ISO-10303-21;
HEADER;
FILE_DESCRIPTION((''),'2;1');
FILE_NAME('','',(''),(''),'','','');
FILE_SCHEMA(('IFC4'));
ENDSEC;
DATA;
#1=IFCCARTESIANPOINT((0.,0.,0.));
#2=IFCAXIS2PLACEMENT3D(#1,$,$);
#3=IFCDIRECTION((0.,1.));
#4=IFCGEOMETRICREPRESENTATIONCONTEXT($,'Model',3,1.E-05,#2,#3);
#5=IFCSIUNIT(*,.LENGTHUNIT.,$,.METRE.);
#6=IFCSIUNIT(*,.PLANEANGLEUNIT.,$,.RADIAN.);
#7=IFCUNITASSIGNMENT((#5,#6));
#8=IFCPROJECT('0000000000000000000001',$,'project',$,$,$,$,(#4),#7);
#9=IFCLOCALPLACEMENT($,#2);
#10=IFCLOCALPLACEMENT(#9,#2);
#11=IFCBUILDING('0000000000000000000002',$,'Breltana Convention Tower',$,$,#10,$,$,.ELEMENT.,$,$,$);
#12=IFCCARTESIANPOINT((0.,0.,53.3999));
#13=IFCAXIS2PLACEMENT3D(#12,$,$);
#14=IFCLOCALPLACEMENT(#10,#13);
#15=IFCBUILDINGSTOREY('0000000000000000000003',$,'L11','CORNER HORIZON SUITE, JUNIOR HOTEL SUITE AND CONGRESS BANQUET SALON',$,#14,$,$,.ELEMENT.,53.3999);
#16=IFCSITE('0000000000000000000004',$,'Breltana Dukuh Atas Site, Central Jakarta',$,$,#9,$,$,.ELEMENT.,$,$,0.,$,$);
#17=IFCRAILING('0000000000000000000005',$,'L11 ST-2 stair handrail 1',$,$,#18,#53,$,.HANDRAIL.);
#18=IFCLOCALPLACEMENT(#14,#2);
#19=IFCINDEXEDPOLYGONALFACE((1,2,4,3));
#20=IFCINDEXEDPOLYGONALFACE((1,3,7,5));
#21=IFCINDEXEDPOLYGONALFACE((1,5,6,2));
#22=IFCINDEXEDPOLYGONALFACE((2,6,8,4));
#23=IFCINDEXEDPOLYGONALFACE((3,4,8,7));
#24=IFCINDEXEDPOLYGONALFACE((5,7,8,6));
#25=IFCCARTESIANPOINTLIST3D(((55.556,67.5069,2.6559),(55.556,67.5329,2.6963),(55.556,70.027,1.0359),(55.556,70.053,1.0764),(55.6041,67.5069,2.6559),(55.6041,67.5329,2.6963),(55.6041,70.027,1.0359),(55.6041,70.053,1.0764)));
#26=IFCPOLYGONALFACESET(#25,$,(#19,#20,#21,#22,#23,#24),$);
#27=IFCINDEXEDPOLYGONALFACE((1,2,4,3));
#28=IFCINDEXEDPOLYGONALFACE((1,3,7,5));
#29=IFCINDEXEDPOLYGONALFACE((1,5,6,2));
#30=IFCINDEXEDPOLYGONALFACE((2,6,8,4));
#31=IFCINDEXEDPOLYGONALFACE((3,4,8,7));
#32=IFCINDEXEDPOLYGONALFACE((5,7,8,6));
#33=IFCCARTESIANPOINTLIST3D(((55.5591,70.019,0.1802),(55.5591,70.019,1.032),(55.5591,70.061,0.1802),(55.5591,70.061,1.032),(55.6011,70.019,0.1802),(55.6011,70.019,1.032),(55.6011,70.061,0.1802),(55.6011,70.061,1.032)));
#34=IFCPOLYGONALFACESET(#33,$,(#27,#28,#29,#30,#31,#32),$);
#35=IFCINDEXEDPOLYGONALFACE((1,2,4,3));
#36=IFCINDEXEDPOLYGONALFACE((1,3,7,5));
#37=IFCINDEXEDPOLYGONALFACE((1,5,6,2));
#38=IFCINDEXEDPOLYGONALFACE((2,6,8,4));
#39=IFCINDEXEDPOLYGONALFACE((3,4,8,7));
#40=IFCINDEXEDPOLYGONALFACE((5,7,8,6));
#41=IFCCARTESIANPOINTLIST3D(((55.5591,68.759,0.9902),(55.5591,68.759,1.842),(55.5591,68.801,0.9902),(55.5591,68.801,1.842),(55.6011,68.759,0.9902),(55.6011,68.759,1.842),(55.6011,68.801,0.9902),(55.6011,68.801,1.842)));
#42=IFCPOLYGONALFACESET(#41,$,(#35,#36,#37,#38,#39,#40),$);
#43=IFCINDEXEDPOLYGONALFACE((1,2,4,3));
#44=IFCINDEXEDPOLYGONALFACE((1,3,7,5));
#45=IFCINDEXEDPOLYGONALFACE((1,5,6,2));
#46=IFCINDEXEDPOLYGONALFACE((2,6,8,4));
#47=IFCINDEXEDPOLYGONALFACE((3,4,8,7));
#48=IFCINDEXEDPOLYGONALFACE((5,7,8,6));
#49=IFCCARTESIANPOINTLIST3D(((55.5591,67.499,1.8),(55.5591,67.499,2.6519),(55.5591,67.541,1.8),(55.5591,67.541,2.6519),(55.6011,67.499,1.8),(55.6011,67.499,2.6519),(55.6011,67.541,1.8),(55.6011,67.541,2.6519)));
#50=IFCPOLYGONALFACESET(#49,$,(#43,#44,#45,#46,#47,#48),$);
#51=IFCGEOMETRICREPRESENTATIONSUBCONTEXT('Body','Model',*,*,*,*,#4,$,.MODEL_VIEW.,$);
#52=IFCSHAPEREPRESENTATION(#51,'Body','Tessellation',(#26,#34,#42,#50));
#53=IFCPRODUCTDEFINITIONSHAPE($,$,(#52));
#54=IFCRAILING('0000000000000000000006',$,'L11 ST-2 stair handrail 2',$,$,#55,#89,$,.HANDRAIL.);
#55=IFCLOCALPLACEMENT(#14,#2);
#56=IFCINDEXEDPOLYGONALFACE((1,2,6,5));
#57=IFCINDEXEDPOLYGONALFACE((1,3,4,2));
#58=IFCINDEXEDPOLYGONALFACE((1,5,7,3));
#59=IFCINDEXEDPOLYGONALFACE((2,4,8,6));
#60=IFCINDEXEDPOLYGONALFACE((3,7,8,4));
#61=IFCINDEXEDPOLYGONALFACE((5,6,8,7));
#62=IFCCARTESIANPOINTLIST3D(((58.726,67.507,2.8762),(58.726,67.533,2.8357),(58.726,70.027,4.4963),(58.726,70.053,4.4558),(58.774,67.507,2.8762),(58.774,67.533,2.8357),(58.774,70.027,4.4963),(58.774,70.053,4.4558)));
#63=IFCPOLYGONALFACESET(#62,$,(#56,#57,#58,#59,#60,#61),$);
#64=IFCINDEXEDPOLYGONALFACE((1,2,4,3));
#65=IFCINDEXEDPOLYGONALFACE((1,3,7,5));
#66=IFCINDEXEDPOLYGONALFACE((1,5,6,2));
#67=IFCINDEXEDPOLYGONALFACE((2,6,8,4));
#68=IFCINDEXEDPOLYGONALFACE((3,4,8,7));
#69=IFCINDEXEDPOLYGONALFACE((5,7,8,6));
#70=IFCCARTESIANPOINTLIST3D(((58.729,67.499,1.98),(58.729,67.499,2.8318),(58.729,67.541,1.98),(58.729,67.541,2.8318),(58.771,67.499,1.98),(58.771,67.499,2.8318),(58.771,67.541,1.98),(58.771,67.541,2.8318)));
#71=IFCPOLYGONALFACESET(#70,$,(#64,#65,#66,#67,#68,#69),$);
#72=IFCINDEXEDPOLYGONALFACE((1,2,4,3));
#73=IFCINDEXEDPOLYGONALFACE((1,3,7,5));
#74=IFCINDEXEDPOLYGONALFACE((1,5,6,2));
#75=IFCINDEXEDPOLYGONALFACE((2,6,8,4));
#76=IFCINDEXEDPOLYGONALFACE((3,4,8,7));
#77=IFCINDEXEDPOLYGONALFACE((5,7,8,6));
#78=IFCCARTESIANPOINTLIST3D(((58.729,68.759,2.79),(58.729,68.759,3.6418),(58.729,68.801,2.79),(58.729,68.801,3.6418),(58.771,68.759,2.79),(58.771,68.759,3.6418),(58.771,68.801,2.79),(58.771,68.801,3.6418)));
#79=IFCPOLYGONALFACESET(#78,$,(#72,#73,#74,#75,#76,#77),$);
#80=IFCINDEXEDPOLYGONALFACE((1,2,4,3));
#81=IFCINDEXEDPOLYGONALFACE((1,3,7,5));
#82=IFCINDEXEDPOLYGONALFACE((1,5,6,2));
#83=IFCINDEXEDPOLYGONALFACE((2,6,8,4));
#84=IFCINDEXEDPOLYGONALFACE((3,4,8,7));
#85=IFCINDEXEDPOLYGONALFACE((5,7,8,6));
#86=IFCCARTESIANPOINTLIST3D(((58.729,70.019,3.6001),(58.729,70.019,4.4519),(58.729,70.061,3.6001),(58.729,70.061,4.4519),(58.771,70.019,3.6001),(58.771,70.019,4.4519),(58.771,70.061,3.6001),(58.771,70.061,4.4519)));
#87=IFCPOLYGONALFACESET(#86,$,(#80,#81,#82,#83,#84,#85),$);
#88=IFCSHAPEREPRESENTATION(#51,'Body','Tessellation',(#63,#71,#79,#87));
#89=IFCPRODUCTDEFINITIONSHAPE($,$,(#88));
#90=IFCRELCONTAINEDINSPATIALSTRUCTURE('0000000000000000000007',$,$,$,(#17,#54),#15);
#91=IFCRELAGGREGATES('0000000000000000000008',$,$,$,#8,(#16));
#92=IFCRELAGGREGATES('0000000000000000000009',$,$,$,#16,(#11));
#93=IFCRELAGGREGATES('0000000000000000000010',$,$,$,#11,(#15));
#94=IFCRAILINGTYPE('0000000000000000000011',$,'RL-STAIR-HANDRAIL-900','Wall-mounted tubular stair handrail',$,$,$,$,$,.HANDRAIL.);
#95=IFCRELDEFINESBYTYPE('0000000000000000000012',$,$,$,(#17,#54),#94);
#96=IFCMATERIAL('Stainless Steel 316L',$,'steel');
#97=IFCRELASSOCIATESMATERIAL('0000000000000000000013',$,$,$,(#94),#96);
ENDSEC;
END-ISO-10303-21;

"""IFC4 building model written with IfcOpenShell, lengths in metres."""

from ifc_helpers import new_model, si_unit, direction, frame, origin, origin_2d, place, context, subcontext, project, spatial, rectangle, extrude, material, type_object, element, save


model = new_model("IFC4")

# Units and contexts
model_context = context("Model", 3, precision=1e-05, world=origin(), true_north=direction((0.0, 1.0)))
body_context = subcontext(model_context, "Body", "Model", "MODEL_VIEW")
ifc_project = project(units=[si_unit("LENGTHUNIT", "METRE"), si_unit("PLANEANGLEUNIT", "RADIAN")], contexts=[model_context])

# Site, building, storey
site_placement = place(None, origin())
site = spatial("IfcSite", under=ifc_project, at=site_placement, Name="Breltana Dukuh Atas Site, Central Jakarta", CompositionType="ELEMENT", RefElevation=0.0)
building_placement = place(site_placement, origin())
building = spatial("IfcBuilding", under=site, at=building_placement, Name="Breltana Convention Tower", CompositionType="ELEMENT")
storey_placement = place(building_placement, frame((0.0, 0.0, 53.3999)))
storey = spatial("IfcBuildingStorey", under=building, at=storey_placement, Name="L11", Description="CORNER HORIZON SUITE, JUNIOR HOTEL SUITE AND CONGRESS BANQUET SALON", CompositionType="ELEMENT", Elevation=53.3999)

# Railings
ifc_material_1 = material(Name="Stainless Steel 316L", Category="steel")
railing_type_1 = type_object("IfcRailingType", Name="RL-STAIR-HANDRAIL-900", Description="Wall-mounted tubular stair handrail", PredefinedType="HANDRAIL", material=ifc_material_1)
railing_1_placement = place(storey_placement, frame((55.5801, 70.04, 0.1802)))
element("IfcRailing", 1, at=railing_1_placement, inside=storey, type_object=railing_type_1, Name="L11 ST-2 stair handrail 1", PredefinedType="HANDRAIL", context=body_context, shape_type="SweptSolid", body=[
    extrude(rectangle(XDim=0.0481, YDim=0.0481, at=origin_2d()), frame((0.0, 0.0, 0.876), z_axis=(0.0, -0.8412, 0.540725), x_axis=(1.0, 0.0, 0.0)), (0.0, 0.0, 1.0), 2.9958),
    extrude(rectangle(XDim=0.042, YDim=0.042, at=origin_2d()), origin(), (0.0, 0.0, 1.0), 0.8518),
    extrude(rectangle(XDim=0.042, YDim=0.042, at=origin_2d()), frame((0.0, -1.26, 0.8101)), (0.0, 0.0, 1.0), 0.8518),
    extrude(rectangle(XDim=0.042, YDim=0.042, at=origin_2d()), frame((0.0, -2.52, 1.6199)), (0.0, 0.0, 1.0), 0.8518),
])
railing_2_placement = place(storey_placement, frame((58.75, 67.52, 1.98)))
element("IfcRailing", 2, at=railing_2_placement, inside=storey, type_object=railing_type_1, Name="L11 ST-2 stair handrail 2", PredefinedType="HANDRAIL", context=body_context, shape_type="SweptSolid", body=[
    extrude(rectangle(XDim=0.0481, YDim=0.0481, at=origin_2d()), frame((0.0, 0.0, 0.876), z_axis=(0.0, 0.841163, 0.540782), x_axis=(-1.0, 0.0, 0.0)), (0.0, 0.0, 1.0), 2.9958),
    extrude(rectangle(XDim=0.042, YDim=0.042, at=origin_2d()), origin(), (0.0, 0.0, 1.0), 0.8518),
    extrude(rectangle(XDim=0.042, YDim=0.042, at=origin_2d()), frame((0.0, 1.26, 0.8101)), (0.0, 0.0, 1.0), 0.8518),
    extrude(rectangle(XDim=0.042, YDim=0.042, at=origin_2d()), frame((0.0, 2.52, 1.6201)), (0.0, 0.0, 1.0), 0.8518),
])

save(model, "model.ifc")
